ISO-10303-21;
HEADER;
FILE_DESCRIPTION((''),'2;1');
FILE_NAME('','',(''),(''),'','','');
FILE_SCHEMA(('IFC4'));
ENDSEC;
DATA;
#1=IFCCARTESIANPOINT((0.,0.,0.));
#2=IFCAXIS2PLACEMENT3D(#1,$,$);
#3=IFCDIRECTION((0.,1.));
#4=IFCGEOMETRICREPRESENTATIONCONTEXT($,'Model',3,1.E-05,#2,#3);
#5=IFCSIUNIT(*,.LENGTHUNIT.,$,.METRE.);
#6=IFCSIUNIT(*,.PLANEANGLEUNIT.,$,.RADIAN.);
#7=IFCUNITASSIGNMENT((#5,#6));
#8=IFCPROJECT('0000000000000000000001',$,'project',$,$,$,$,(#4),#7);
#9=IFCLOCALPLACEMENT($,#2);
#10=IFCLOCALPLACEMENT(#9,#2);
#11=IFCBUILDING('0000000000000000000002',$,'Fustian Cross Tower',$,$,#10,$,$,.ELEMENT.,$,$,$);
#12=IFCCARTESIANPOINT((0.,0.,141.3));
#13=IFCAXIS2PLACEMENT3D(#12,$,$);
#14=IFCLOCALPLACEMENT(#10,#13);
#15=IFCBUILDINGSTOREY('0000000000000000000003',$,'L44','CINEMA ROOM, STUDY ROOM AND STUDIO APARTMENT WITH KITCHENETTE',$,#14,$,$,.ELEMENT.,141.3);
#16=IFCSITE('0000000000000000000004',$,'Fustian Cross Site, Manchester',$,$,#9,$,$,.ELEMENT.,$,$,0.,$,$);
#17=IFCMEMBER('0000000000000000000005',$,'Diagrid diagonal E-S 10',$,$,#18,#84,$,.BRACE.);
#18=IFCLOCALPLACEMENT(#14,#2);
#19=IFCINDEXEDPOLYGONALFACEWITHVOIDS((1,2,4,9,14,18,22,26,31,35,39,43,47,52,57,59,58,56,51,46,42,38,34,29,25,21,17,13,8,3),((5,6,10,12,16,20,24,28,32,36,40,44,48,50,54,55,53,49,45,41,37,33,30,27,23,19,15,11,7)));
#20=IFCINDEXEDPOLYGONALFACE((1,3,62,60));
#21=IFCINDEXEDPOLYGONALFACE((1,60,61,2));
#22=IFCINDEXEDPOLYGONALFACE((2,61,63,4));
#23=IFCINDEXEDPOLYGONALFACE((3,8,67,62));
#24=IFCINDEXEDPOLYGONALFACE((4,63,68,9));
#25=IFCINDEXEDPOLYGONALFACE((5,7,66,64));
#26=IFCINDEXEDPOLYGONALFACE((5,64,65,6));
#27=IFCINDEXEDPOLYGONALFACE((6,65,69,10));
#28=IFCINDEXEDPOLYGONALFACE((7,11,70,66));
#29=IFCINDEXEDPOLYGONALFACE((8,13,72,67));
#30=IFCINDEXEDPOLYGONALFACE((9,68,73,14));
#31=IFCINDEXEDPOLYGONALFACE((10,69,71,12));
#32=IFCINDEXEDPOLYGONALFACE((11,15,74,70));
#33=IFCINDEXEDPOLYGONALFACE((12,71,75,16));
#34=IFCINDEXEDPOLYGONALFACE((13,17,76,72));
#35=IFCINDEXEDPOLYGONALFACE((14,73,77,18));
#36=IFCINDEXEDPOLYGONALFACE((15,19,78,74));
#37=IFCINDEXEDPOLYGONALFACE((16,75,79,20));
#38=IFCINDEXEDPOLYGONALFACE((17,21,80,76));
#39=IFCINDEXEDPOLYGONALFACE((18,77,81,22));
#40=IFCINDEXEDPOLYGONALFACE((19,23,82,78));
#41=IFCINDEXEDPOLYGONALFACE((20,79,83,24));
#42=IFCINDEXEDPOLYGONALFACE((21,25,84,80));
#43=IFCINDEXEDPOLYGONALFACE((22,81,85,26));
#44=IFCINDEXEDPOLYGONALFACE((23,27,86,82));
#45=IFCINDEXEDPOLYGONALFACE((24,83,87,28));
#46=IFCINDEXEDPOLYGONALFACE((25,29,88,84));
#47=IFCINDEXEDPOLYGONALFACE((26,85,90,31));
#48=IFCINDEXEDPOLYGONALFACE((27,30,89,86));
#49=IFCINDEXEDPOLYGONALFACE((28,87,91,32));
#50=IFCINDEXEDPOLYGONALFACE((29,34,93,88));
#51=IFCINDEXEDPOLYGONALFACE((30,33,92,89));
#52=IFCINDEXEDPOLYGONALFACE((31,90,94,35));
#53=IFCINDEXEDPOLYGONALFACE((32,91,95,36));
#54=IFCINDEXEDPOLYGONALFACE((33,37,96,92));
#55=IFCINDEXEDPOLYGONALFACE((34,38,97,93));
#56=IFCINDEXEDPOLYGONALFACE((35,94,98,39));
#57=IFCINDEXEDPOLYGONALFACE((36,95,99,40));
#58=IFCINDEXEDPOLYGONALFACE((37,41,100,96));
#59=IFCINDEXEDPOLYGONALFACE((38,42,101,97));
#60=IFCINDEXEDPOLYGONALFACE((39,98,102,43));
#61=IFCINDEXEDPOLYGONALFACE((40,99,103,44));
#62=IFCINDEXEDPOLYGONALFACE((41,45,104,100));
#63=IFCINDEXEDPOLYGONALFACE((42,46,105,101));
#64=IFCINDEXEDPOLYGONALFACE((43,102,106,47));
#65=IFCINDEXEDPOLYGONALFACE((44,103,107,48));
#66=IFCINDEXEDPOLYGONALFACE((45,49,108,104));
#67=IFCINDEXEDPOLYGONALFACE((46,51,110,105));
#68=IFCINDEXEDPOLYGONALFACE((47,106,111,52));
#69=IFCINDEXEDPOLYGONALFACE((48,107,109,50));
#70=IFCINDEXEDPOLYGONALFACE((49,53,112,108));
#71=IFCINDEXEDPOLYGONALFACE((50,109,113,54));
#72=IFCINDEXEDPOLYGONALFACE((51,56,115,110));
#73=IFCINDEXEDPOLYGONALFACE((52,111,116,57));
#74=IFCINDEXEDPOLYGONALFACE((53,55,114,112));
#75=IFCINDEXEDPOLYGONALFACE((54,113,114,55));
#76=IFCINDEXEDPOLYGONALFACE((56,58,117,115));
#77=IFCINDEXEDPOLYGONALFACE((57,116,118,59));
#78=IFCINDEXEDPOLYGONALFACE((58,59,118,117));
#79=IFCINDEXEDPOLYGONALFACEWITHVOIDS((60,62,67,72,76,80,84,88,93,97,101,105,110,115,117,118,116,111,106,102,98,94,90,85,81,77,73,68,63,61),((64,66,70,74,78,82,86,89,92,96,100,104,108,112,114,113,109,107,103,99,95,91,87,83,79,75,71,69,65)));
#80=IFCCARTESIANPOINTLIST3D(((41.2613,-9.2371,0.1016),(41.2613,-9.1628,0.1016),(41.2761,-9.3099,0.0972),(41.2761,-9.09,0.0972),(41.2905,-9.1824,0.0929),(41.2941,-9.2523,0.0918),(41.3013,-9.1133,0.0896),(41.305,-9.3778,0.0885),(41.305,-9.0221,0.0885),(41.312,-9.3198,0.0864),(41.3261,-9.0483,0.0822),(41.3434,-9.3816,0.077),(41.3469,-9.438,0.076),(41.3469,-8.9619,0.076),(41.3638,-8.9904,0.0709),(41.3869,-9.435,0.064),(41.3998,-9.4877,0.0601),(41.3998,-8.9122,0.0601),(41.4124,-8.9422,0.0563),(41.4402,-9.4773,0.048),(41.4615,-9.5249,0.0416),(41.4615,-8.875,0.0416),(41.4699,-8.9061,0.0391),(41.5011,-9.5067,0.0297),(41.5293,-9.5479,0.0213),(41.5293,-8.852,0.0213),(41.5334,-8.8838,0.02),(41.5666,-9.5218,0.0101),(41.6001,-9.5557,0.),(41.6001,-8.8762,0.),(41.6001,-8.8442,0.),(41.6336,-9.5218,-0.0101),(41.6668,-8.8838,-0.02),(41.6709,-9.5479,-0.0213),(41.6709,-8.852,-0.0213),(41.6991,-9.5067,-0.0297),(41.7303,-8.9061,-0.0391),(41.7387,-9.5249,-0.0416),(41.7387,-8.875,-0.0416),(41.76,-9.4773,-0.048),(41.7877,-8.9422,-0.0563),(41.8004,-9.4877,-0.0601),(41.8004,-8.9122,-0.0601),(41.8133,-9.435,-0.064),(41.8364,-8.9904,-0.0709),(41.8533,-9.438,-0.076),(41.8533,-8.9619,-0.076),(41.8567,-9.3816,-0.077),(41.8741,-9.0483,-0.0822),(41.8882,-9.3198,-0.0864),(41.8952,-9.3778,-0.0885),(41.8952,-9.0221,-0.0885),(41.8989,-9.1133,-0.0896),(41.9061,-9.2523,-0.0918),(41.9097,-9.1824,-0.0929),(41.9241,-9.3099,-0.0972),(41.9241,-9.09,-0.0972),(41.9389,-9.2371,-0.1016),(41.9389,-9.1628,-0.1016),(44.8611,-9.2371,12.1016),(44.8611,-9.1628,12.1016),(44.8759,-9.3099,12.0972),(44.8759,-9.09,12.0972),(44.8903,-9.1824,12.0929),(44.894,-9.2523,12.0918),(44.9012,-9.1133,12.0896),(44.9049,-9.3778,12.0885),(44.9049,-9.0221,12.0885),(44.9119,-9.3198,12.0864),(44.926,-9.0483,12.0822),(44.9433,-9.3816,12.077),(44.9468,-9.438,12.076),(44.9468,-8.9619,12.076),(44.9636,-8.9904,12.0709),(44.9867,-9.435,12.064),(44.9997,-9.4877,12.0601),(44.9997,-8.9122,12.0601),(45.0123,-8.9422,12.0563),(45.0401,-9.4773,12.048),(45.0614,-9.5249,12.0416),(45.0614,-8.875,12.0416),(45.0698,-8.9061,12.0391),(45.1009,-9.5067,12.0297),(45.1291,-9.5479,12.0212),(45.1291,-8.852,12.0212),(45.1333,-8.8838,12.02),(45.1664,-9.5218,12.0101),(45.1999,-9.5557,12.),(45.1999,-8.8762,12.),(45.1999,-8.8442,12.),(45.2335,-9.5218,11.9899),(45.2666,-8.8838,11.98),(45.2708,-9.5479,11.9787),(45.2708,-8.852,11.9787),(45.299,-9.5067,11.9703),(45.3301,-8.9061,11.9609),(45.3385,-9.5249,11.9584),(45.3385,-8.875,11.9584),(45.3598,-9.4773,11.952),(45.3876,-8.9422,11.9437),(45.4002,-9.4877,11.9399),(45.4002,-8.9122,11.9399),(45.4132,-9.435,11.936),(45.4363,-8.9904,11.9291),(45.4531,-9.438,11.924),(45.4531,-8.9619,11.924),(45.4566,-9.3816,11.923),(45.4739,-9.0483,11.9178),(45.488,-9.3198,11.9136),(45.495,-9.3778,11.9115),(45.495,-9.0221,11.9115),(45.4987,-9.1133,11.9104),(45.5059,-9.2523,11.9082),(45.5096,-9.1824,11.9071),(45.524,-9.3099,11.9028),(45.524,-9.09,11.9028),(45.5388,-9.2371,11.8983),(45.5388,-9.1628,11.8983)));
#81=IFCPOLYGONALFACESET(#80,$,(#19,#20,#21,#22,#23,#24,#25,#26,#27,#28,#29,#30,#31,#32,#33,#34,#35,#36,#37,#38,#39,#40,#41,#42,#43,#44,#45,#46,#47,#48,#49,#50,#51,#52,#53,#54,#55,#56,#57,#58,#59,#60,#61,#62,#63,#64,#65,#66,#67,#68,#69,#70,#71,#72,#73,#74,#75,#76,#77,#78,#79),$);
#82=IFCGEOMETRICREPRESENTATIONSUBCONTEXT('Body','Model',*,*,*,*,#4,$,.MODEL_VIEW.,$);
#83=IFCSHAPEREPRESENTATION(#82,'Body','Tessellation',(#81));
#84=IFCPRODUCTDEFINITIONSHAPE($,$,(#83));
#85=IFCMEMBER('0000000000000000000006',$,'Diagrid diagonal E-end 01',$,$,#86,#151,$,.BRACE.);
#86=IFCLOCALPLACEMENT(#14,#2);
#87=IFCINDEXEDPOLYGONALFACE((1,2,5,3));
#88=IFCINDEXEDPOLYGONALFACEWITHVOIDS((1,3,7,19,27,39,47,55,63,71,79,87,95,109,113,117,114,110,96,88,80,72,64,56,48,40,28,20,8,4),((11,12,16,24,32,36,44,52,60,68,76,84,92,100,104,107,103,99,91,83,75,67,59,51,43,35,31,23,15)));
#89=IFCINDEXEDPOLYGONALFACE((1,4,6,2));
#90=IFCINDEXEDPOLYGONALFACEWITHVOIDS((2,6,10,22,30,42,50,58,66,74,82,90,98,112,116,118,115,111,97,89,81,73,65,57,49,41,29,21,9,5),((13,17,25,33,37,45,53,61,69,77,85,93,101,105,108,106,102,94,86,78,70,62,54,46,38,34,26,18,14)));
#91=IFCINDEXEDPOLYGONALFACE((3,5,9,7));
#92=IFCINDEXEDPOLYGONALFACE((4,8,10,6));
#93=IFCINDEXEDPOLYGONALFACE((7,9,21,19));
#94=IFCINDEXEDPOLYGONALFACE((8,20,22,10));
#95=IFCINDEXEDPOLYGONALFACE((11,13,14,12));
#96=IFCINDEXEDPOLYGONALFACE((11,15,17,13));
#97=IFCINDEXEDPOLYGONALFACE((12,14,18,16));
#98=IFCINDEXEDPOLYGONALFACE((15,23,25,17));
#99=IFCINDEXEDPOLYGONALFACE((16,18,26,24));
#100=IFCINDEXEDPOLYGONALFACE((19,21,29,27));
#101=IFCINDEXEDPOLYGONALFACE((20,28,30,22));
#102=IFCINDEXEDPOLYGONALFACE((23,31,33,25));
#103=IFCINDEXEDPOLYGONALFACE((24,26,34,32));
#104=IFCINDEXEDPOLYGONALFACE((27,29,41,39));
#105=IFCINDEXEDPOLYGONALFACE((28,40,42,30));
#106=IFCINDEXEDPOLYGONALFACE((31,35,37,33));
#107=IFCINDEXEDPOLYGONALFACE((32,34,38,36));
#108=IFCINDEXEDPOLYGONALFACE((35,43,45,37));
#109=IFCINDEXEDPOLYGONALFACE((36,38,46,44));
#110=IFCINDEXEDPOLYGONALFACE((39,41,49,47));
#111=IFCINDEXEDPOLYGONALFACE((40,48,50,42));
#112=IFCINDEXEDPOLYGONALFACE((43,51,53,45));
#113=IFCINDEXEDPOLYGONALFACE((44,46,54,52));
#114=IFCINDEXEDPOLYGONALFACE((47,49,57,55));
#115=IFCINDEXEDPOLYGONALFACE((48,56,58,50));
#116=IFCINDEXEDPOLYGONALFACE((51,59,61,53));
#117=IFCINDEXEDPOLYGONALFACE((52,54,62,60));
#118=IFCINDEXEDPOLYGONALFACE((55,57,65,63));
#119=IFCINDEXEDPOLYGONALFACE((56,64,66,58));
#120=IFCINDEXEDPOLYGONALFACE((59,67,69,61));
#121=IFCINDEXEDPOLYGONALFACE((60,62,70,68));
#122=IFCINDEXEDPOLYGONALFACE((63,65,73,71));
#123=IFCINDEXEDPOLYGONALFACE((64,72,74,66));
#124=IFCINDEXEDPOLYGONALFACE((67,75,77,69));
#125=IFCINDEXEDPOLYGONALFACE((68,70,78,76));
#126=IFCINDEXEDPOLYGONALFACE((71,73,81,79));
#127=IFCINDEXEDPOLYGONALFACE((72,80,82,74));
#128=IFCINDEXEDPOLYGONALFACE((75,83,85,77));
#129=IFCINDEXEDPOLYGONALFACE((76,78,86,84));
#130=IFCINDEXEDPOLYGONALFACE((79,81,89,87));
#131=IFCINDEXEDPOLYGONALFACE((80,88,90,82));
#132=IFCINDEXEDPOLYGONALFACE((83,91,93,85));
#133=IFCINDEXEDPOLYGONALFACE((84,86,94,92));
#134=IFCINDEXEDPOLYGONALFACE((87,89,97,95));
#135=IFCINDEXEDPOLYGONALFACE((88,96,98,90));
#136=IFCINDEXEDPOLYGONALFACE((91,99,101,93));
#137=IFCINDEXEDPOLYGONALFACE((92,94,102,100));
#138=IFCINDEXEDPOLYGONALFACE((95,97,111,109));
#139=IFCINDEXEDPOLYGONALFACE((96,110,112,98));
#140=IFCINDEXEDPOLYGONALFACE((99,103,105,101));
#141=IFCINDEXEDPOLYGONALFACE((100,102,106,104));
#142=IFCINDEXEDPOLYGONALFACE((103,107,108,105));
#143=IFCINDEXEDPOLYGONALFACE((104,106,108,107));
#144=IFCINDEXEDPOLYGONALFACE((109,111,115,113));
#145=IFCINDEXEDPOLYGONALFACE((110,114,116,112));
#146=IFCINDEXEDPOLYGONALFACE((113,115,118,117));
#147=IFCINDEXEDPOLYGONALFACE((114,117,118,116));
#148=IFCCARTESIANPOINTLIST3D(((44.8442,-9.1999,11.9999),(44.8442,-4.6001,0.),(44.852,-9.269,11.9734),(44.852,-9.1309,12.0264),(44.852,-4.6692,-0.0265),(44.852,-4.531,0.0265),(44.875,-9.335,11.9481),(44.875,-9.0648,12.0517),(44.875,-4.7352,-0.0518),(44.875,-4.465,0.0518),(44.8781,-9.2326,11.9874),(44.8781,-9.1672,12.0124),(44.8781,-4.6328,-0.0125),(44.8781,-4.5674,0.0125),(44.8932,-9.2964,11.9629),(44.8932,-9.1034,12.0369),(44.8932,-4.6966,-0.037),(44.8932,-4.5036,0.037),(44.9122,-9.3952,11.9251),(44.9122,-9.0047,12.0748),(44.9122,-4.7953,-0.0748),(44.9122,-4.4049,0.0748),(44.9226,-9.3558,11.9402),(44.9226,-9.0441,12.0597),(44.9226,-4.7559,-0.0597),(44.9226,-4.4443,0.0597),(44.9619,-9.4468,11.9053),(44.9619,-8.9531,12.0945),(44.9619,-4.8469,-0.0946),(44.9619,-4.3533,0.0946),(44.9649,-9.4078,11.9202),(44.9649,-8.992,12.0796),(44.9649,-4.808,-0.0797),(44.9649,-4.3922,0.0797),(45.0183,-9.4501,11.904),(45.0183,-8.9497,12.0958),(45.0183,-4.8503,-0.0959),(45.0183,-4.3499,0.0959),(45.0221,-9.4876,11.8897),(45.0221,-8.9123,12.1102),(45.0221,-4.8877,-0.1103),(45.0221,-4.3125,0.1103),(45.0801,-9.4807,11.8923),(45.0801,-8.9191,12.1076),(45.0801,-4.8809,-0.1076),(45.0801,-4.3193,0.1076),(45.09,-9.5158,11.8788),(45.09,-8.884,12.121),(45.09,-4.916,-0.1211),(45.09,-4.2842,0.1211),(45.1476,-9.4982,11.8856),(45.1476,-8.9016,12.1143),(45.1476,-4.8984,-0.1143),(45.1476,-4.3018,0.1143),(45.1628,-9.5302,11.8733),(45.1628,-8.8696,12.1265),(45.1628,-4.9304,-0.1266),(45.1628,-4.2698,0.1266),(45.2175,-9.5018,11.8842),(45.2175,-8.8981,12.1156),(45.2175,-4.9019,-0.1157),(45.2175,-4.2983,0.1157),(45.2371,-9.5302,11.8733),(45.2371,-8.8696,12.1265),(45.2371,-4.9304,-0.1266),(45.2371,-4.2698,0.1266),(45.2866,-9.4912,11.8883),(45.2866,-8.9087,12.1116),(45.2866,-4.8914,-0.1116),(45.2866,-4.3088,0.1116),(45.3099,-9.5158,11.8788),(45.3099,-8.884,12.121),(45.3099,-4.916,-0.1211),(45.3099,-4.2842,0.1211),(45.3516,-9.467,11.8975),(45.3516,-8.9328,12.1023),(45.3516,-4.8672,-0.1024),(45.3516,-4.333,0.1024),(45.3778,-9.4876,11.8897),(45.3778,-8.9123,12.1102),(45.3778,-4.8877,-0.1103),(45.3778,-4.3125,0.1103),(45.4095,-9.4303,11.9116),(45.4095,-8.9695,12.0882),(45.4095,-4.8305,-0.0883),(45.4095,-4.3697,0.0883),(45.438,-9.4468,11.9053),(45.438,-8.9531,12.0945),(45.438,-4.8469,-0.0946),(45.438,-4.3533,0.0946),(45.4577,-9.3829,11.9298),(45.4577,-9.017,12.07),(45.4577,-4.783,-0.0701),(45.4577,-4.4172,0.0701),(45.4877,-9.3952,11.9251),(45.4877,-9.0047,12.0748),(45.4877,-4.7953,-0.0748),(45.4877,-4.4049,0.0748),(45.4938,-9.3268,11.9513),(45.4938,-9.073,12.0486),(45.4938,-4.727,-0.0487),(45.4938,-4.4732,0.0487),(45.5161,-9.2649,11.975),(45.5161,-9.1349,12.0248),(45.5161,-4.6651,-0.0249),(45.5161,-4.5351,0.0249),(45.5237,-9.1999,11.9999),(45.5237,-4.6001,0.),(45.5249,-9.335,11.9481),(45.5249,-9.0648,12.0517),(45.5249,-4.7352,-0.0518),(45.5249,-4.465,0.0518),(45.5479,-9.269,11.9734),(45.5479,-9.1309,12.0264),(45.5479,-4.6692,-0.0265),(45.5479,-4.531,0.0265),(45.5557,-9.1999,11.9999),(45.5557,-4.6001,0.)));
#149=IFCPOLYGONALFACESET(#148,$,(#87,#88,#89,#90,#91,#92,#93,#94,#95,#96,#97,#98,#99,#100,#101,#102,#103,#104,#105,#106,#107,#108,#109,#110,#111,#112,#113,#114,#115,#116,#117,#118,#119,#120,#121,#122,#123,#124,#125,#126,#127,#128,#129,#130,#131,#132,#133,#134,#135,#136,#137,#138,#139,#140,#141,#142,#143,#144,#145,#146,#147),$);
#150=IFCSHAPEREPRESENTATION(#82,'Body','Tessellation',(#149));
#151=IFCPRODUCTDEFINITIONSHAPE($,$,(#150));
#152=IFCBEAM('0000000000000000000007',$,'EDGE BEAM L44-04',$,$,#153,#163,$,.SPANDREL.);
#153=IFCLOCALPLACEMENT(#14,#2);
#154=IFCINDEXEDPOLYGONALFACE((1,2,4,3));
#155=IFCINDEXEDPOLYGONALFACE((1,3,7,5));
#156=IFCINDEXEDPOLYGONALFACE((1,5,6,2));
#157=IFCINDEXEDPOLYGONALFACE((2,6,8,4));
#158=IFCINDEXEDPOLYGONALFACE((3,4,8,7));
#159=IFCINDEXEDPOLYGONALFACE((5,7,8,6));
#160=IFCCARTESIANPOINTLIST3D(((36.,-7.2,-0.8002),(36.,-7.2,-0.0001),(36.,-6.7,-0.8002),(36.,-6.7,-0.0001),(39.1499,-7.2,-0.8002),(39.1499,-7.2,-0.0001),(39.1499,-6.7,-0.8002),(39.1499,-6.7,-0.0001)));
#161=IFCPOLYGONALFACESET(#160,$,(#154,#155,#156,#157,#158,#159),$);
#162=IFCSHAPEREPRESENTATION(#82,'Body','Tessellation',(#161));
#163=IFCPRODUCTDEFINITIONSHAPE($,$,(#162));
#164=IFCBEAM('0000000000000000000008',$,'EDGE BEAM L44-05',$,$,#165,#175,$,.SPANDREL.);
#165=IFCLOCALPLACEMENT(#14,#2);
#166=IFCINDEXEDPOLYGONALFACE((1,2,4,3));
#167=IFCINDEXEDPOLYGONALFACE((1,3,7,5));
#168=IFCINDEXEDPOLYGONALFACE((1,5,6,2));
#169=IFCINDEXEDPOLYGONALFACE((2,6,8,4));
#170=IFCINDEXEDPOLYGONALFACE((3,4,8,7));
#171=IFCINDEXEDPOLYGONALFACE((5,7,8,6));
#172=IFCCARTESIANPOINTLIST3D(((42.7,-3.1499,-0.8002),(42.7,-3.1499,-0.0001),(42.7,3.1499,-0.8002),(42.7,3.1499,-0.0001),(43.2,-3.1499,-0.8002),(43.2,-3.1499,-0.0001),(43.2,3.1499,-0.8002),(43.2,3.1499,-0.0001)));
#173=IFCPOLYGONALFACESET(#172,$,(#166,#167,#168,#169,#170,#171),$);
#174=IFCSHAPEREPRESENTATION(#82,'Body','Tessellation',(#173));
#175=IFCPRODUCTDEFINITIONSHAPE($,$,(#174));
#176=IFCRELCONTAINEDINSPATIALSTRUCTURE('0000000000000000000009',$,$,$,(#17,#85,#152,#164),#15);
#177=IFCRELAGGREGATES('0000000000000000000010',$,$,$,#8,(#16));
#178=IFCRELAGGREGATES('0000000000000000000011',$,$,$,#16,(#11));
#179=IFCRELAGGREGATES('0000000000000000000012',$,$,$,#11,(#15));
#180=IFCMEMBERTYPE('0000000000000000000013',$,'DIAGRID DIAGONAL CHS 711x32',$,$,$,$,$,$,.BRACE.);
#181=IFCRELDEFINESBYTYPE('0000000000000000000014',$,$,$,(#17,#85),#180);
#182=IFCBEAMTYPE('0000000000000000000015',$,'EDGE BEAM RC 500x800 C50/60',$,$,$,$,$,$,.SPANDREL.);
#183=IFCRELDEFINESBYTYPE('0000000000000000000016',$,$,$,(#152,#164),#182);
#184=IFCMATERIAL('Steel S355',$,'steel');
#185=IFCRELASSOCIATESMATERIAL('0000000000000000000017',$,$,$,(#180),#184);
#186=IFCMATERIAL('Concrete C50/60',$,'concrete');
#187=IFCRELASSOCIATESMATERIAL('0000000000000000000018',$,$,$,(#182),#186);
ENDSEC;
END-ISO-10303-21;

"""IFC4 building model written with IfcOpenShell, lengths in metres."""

from ifc_helpers import new_model, si_unit, direction, frame, origin, origin_2d, place, context, subcontext, project, spatial, rectangle, hollow_circle, extrude, material, material_profile, profile_set, type_object, element, save


model = new_model("IFC4")

# Units and contexts
model_context = context("Model", 3, precision=1e-05, world=origin(), true_north=direction((0.0, 1.0)))
body_context = subcontext(model_context, "Body", "Model", "MODEL_VIEW")
ifc_project = project(units=[si_unit("LENGTHUNIT", "METRE"), si_unit("PLANEANGLEUNIT", "RADIAN")], contexts=[model_context])

# Site, building, storey
site_placement = place(None, origin())
site = spatial("IfcSite", under=ifc_project, at=site_placement, Name="Fustian Cross Site, Manchester", CompositionType="ELEMENT", RefElevation=0.0)
building_placement = place(site_placement, origin())
building = spatial("IfcBuilding", under=site, at=building_placement, Name="Fustian Cross Tower", CompositionType="ELEMENT")
storey_placement = place(building_placement, frame((0.0, 0.0, 141.3)))
storey = spatial("IfcBuildingStorey", under=building, at=storey_placement, Name="L44", Description="CINEMA ROOM, STUDY ROOM AND STUDIO APARTMENT WITH KITCHENETTE", CompositionType="ELEMENT", Elevation=141.3)

# Members
ifc_material_1 = material(Name="Steel S355", Category="steel")
ifc_material_profile_1 = material_profile(ifc_material_1, hollow_circle(Radius=0.3557, WallThickness=0.032, at=origin_2d()), Name="CHS 711x32")
ifc_profile_set_1 = profile_set([ifc_material_profile_1], Name="Steel S355")
member_type_1 = type_object("IfcMemberType", Name="DIAGRID DIAGONAL CHS 711x32", PredefinedType="BRACE", material=ifc_profile_set_1)
member_1_placement = place(storey_placement, frame((41.6001, -9.2, 0.0), z_axis=(0.287337, 0.0, 0.95783), x_axis=(0.0, 1.0, 0.0)))
element("IfcMember", 1, at=member_1_placement, inside=storey, type_object=member_type_1, Name="Diagrid diagonal E-S 10", PredefinedType="BRACE", context=body_context, shape_type="SweptSolid", body=[
    extrude(hollow_circle(Radius=0.3557, WallThickness=0.032, at=origin_2d()), origin(), (0.0, 0.0, 1.0), 12.5283),
])
member_2_placement = place(storey_placement, frame((45.2, -4.6001, 0.0), z_axis=(0.0, -0.357926, 0.93375), x_axis=(1.0, 0.0, 0.0)))
element("IfcMember", 2, at=member_2_placement, inside=storey, type_object=member_type_1, Name="Diagrid diagonal E-end 01", PredefinedType="BRACE", context=body_context, shape_type="SweptSolid", body=[
    extrude(hollow_circle(Radius=0.3557, WallThickness=0.032, at=origin_2d()), origin(), (0.0, 0.0, 1.0), 12.8513),
])

# Beams
ifc_material_2 = material(Name="Concrete C50/60", Category="concrete")
ifc_material_profile_2 = material_profile(ifc_material_2, rectangle(XDim=0.5, YDim=0.8, at=origin_2d()), Name="RC 500x800")
ifc_profile_set_2 = profile_set([ifc_material_profile_2], Name="Concrete C50/60")
beam_type = type_object("IfcBeamType", Name="EDGE BEAM RC 500x800 C50/60", PredefinedType="SPANDREL", material=ifc_profile_set_2)
beam_1_placement = place(storey_placement, frame((36.0, -6.95, -0.4001), z_axis=(1.0, 0.0, 0.0), x_axis=(0.0, 1.0, 0.0)))
element("IfcBeam", 3, at=beam_1_placement, inside=storey, type_object=beam_type, Name="EDGE BEAM L44-04", PredefinedType="SPANDREL", context=body_context, shape_type="SweptSolid", body=[
    extrude(rectangle(XDim=0.5, YDim=0.8, at=origin_2d()), origin(), (0.0, 0.0, 1.0), 3.1499),
])
beam_2_placement = place(storey_placement, frame((42.95, -3.1499, -0.4001), z_axis=(0.0, 1.0, 0.0), x_axis=(-1.0, 0.0, 0.0)))
element("IfcBeam", 4, at=beam_2_placement, inside=storey, type_object=beam_type, Name="EDGE BEAM L44-05", PredefinedType="SPANDREL", context=body_context, shape_type="SweptSolid", body=[
    extrude(rectangle(XDim=0.5, YDim=0.8, at=origin_2d()), origin(), (0.0, 0.0, 1.0), 6.2998),
])

save(model, "model.ifc")
